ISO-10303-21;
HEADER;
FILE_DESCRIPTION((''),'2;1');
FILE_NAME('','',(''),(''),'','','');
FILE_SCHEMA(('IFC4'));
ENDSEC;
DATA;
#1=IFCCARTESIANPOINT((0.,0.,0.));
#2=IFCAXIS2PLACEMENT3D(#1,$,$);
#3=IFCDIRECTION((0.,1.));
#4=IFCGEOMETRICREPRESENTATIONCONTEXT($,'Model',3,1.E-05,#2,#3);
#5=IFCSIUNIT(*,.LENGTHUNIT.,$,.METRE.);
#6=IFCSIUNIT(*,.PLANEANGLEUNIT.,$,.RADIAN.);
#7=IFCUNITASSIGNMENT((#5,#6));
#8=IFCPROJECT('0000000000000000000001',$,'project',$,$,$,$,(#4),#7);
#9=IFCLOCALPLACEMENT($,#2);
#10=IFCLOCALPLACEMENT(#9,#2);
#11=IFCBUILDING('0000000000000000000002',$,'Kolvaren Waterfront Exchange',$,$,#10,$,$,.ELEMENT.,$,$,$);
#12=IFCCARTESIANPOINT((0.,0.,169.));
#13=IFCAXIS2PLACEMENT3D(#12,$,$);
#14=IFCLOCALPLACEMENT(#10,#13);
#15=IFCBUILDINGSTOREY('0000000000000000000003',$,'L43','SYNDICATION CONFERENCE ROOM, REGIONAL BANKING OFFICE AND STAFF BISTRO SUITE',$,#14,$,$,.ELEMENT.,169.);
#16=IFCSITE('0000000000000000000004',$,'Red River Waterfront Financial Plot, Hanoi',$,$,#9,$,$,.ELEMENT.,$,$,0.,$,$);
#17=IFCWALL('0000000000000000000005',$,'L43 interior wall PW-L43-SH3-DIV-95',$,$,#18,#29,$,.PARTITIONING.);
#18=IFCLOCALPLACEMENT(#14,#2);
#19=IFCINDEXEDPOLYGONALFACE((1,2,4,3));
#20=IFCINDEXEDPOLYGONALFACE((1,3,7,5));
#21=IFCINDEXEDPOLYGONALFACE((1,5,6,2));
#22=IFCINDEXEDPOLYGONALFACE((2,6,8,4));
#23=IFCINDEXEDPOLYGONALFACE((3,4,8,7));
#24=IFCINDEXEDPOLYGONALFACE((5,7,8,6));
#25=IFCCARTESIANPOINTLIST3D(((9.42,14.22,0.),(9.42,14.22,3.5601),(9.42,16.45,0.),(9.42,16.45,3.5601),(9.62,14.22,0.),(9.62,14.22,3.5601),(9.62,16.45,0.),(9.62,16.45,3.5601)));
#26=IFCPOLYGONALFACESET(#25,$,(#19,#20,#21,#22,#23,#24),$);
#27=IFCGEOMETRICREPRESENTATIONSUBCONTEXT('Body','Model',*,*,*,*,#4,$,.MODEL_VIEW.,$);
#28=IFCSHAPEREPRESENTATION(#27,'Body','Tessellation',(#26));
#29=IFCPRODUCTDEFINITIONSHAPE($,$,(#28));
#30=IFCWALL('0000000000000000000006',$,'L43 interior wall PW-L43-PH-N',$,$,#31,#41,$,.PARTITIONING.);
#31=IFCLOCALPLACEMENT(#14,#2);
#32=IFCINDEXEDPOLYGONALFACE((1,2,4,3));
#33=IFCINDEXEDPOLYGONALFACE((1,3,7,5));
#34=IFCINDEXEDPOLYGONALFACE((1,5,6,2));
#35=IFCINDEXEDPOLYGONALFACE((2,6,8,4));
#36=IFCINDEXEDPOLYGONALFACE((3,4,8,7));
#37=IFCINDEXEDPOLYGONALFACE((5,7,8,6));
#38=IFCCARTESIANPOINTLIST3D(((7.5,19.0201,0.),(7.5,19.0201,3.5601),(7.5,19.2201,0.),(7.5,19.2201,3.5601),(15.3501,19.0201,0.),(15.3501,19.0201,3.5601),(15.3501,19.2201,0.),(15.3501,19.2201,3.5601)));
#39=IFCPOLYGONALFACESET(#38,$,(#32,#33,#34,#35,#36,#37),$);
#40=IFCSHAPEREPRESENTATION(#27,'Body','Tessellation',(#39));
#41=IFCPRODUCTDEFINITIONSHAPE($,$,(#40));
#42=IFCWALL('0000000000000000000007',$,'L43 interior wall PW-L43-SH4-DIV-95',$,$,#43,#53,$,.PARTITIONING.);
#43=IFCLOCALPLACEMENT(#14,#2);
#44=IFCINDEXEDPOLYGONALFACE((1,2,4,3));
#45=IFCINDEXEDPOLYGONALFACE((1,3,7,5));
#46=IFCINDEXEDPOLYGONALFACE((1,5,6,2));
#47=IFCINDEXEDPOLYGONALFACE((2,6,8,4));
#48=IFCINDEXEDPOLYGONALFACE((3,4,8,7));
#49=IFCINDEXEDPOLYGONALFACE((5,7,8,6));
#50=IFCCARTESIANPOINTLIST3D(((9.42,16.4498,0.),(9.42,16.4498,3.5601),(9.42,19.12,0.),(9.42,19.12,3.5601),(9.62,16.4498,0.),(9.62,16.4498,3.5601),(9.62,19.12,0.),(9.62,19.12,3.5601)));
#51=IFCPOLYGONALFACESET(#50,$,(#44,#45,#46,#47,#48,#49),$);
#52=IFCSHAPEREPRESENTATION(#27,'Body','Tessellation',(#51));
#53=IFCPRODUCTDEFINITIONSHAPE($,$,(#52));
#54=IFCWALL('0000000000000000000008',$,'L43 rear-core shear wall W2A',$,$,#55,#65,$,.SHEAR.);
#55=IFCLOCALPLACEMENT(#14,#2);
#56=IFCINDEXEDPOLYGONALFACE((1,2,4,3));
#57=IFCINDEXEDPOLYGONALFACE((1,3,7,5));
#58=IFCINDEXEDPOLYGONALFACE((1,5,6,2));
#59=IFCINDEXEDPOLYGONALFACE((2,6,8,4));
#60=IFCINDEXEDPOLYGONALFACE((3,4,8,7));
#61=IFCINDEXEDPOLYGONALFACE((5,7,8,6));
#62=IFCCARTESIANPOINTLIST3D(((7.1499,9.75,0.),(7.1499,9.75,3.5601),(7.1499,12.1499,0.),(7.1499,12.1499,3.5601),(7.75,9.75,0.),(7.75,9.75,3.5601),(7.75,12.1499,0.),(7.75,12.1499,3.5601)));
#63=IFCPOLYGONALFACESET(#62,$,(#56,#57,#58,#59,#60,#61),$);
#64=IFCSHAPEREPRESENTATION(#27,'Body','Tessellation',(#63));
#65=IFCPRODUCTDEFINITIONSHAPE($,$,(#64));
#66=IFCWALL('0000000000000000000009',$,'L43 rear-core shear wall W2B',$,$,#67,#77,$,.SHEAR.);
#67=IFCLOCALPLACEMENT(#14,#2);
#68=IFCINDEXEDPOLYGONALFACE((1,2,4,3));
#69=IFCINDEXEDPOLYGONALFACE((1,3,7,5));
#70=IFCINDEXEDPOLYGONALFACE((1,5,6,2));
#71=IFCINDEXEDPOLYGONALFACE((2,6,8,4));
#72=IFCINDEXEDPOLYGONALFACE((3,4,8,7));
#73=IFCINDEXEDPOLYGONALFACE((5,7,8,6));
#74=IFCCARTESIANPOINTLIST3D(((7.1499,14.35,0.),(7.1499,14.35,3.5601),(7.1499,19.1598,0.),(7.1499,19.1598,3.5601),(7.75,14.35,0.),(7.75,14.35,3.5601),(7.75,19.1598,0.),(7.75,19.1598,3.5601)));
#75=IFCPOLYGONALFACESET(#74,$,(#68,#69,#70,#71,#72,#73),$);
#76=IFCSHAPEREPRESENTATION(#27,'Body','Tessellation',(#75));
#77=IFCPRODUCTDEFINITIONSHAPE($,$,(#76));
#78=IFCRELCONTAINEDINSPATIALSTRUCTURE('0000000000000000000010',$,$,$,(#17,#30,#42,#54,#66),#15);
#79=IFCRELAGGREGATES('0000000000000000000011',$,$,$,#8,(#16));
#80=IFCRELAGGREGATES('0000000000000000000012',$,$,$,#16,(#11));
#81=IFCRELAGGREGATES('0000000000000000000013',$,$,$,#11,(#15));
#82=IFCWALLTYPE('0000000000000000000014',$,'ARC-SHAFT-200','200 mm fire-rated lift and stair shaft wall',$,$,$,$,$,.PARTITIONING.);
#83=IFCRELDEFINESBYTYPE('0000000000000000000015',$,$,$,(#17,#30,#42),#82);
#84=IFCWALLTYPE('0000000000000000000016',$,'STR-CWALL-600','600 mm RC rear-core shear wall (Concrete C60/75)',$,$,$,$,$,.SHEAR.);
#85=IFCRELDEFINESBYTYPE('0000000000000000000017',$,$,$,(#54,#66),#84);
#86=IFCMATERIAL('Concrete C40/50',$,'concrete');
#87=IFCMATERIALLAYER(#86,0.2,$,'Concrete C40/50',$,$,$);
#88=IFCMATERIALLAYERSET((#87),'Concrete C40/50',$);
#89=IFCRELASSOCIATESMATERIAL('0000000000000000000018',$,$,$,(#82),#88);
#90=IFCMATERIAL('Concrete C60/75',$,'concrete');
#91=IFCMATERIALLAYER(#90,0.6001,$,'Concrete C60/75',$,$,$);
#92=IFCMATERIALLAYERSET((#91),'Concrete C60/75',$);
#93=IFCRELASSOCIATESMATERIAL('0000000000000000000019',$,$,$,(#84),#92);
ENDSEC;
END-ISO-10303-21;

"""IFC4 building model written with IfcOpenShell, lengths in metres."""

from ifc_helpers import new_model, si_unit, direction, frame, frame_2d, origin, place, context, subcontext, project, spatial, rectangle, extrude, material, layer, layer_set, type_object, element, save


model = new_model("IFC4")

# Units and contexts
model_context = context("Model", 3, precision=1e-05, world=origin(), true_north=direction((0.0, 1.0)))
body_context = subcontext(model_context, "Body", "Model", "MODEL_VIEW")
ifc_project = project(units=[si_unit("LENGTHUNIT", "METRE"), si_unit("PLANEANGLEUNIT", "RADIAN")], contexts=[model_context])

# Site, building, storey
site_placement = place(None, origin())
site = spatial("IfcSite", under=ifc_project, at=site_placement, Name="Red River Waterfront Financial Plot, Hanoi", CompositionType="ELEMENT", RefElevation=0.0)
building_placement = place(site_placement, origin())
building = spatial("IfcBuilding", under=site, at=building_placement, Name="Kolvaren Waterfront Exchange", CompositionType="ELEMENT")
storey_placement = place(building_placement, frame((0.0, 0.0, 169.0)))
storey = spatial("IfcBuildingStorey", under=building, at=storey_placement, Name="L43", Description="SYNDICATION CONFERENCE ROOM, REGIONAL BANKING OFFICE AND STAFF BISTRO SUITE", CompositionType="ELEMENT", Elevation=169.0)

# Shared definitions
ifc_material_1 = material(Name="Concrete C60/75", Category="concrete")

# Shared definitions
ifc_material_2 = material(Name="Concrete C40/50", Category="concrete")
ifc_layer_1 = layer(ifc_material_2, 0.2, Name="Concrete C40/50")
ifc_layer_set_1 = layer_set([ifc_layer_1], Name="Concrete C40/50")
wall_type_1 = type_object("IfcWallType", Name="ARC-SHAFT-200", Description="200 mm fire-rated lift and stair shaft wall", PredefinedType="PARTITIONING", material=ifc_layer_set_1)

# Walls
wall_1_placement = place(storey_placement, frame((9.52, 14.22, 0.0), z_axis=(0.0, 0.0, 1.0), x_axis=(0.0, 1.0, 0.0)))
element("IfcWall", 1, at=wall_1_placement, inside=storey, type_object=wall_type_1, Name="L43 interior wall PW-L43-SH3-DIV-95", PredefinedType="PARTITIONING", context=body_context, shape_type="SweptSolid", body=[
    extrude(rectangle(XDim=2.23, YDim=0.2, at=frame_2d((1.115, 0.0))), origin(), (0.0, 0.0, 1.0), 3.5601),
])
wall_2_placement = place(storey_placement, frame((7.5, 19.1201, 0.0), z_axis=(0.0, 0.0, 1.0), x_axis=(1.0, 0.0, 0.0)))
element("IfcWall", 2, at=wall_2_placement, inside=storey, type_object=wall_type_1, Name="L43 interior wall PW-L43-PH-N", PredefinedType="PARTITIONING", context=body_context, shape_type="SweptSolid", body=[
    extrude(rectangle(XDim=7.8501, YDim=0.2, at=frame_2d((3.925, 0.0))), origin(), (0.0, 0.0, 1.0), 3.5601),
])
wall_3_placement = place(storey_placement, frame((9.52, 16.45, 0.0), z_axis=(0.0, 0.0, 1.0), x_axis=(0.0, 1.0, 0.0)))
element("IfcWall", 3, at=wall_3_placement, inside=storey, type_object=wall_type_1, Name="L43 interior wall PW-L43-SH4-DIV-95", PredefinedType="PARTITIONING", context=body_context, shape_type="SweptSolid", body=[
    extrude(rectangle(XDim=2.6702, YDim=0.2, at=frame_2d((1.335, 0.0))), origin(), (0.0, 0.0, 1.0), 3.5601),
])
ifc_layer_2 = layer(ifc_material_1, 0.6001, Name="Concrete C60/75")
ifc_layer_set_2 = layer_set([ifc_layer_2], Name="Concrete C60/75")
wall_type_2 = type_object("IfcWallType", Name="STR-CWALL-600", Description="600 mm RC rear-core shear wall (Concrete C60/75)", PredefinedType="SHEAR", material=ifc_layer_set_2)
wall_4_placement = place(storey_placement, frame((7.45, 9.75, 0.0), z_axis=(0.0, 0.0, 1.0), x_axis=(0.0, 1.0, 0.0)))
element("IfcWall", 4, at=wall_4_placement, inside=storey, type_object=wall_type_2, Name="L43 rear-core shear wall W2A", PredefinedType="SHEAR", context=body_context, shape_type="SweptSolid", body=[
    extrude(rectangle(XDim=2.3999, YDim=0.6001, at=frame_2d((1.2, 0.0))), origin(), (0.0, 0.0, 1.0), 3.5601),
])
wall_5_placement = place(storey_placement, frame((7.45, 14.3501, 0.0), z_axis=(0.0, 0.0, 1.0), x_axis=(0.0, 1.0, 0.0)))
element("IfcWall", 5, at=wall_5_placement, inside=storey, type_object=wall_type_2, Name="L43 rear-core shear wall W2B", PredefinedType="SHEAR", context=body_context, shape_type="SweptSolid", body=[
    extrude(rectangle(XDim=4.8098, YDim=0.6001, at=frame_2d((2.4048, 0.0))), origin(), (0.0, 0.0, 1.0), 3.5601),
])

save(model, "model.ifc")
